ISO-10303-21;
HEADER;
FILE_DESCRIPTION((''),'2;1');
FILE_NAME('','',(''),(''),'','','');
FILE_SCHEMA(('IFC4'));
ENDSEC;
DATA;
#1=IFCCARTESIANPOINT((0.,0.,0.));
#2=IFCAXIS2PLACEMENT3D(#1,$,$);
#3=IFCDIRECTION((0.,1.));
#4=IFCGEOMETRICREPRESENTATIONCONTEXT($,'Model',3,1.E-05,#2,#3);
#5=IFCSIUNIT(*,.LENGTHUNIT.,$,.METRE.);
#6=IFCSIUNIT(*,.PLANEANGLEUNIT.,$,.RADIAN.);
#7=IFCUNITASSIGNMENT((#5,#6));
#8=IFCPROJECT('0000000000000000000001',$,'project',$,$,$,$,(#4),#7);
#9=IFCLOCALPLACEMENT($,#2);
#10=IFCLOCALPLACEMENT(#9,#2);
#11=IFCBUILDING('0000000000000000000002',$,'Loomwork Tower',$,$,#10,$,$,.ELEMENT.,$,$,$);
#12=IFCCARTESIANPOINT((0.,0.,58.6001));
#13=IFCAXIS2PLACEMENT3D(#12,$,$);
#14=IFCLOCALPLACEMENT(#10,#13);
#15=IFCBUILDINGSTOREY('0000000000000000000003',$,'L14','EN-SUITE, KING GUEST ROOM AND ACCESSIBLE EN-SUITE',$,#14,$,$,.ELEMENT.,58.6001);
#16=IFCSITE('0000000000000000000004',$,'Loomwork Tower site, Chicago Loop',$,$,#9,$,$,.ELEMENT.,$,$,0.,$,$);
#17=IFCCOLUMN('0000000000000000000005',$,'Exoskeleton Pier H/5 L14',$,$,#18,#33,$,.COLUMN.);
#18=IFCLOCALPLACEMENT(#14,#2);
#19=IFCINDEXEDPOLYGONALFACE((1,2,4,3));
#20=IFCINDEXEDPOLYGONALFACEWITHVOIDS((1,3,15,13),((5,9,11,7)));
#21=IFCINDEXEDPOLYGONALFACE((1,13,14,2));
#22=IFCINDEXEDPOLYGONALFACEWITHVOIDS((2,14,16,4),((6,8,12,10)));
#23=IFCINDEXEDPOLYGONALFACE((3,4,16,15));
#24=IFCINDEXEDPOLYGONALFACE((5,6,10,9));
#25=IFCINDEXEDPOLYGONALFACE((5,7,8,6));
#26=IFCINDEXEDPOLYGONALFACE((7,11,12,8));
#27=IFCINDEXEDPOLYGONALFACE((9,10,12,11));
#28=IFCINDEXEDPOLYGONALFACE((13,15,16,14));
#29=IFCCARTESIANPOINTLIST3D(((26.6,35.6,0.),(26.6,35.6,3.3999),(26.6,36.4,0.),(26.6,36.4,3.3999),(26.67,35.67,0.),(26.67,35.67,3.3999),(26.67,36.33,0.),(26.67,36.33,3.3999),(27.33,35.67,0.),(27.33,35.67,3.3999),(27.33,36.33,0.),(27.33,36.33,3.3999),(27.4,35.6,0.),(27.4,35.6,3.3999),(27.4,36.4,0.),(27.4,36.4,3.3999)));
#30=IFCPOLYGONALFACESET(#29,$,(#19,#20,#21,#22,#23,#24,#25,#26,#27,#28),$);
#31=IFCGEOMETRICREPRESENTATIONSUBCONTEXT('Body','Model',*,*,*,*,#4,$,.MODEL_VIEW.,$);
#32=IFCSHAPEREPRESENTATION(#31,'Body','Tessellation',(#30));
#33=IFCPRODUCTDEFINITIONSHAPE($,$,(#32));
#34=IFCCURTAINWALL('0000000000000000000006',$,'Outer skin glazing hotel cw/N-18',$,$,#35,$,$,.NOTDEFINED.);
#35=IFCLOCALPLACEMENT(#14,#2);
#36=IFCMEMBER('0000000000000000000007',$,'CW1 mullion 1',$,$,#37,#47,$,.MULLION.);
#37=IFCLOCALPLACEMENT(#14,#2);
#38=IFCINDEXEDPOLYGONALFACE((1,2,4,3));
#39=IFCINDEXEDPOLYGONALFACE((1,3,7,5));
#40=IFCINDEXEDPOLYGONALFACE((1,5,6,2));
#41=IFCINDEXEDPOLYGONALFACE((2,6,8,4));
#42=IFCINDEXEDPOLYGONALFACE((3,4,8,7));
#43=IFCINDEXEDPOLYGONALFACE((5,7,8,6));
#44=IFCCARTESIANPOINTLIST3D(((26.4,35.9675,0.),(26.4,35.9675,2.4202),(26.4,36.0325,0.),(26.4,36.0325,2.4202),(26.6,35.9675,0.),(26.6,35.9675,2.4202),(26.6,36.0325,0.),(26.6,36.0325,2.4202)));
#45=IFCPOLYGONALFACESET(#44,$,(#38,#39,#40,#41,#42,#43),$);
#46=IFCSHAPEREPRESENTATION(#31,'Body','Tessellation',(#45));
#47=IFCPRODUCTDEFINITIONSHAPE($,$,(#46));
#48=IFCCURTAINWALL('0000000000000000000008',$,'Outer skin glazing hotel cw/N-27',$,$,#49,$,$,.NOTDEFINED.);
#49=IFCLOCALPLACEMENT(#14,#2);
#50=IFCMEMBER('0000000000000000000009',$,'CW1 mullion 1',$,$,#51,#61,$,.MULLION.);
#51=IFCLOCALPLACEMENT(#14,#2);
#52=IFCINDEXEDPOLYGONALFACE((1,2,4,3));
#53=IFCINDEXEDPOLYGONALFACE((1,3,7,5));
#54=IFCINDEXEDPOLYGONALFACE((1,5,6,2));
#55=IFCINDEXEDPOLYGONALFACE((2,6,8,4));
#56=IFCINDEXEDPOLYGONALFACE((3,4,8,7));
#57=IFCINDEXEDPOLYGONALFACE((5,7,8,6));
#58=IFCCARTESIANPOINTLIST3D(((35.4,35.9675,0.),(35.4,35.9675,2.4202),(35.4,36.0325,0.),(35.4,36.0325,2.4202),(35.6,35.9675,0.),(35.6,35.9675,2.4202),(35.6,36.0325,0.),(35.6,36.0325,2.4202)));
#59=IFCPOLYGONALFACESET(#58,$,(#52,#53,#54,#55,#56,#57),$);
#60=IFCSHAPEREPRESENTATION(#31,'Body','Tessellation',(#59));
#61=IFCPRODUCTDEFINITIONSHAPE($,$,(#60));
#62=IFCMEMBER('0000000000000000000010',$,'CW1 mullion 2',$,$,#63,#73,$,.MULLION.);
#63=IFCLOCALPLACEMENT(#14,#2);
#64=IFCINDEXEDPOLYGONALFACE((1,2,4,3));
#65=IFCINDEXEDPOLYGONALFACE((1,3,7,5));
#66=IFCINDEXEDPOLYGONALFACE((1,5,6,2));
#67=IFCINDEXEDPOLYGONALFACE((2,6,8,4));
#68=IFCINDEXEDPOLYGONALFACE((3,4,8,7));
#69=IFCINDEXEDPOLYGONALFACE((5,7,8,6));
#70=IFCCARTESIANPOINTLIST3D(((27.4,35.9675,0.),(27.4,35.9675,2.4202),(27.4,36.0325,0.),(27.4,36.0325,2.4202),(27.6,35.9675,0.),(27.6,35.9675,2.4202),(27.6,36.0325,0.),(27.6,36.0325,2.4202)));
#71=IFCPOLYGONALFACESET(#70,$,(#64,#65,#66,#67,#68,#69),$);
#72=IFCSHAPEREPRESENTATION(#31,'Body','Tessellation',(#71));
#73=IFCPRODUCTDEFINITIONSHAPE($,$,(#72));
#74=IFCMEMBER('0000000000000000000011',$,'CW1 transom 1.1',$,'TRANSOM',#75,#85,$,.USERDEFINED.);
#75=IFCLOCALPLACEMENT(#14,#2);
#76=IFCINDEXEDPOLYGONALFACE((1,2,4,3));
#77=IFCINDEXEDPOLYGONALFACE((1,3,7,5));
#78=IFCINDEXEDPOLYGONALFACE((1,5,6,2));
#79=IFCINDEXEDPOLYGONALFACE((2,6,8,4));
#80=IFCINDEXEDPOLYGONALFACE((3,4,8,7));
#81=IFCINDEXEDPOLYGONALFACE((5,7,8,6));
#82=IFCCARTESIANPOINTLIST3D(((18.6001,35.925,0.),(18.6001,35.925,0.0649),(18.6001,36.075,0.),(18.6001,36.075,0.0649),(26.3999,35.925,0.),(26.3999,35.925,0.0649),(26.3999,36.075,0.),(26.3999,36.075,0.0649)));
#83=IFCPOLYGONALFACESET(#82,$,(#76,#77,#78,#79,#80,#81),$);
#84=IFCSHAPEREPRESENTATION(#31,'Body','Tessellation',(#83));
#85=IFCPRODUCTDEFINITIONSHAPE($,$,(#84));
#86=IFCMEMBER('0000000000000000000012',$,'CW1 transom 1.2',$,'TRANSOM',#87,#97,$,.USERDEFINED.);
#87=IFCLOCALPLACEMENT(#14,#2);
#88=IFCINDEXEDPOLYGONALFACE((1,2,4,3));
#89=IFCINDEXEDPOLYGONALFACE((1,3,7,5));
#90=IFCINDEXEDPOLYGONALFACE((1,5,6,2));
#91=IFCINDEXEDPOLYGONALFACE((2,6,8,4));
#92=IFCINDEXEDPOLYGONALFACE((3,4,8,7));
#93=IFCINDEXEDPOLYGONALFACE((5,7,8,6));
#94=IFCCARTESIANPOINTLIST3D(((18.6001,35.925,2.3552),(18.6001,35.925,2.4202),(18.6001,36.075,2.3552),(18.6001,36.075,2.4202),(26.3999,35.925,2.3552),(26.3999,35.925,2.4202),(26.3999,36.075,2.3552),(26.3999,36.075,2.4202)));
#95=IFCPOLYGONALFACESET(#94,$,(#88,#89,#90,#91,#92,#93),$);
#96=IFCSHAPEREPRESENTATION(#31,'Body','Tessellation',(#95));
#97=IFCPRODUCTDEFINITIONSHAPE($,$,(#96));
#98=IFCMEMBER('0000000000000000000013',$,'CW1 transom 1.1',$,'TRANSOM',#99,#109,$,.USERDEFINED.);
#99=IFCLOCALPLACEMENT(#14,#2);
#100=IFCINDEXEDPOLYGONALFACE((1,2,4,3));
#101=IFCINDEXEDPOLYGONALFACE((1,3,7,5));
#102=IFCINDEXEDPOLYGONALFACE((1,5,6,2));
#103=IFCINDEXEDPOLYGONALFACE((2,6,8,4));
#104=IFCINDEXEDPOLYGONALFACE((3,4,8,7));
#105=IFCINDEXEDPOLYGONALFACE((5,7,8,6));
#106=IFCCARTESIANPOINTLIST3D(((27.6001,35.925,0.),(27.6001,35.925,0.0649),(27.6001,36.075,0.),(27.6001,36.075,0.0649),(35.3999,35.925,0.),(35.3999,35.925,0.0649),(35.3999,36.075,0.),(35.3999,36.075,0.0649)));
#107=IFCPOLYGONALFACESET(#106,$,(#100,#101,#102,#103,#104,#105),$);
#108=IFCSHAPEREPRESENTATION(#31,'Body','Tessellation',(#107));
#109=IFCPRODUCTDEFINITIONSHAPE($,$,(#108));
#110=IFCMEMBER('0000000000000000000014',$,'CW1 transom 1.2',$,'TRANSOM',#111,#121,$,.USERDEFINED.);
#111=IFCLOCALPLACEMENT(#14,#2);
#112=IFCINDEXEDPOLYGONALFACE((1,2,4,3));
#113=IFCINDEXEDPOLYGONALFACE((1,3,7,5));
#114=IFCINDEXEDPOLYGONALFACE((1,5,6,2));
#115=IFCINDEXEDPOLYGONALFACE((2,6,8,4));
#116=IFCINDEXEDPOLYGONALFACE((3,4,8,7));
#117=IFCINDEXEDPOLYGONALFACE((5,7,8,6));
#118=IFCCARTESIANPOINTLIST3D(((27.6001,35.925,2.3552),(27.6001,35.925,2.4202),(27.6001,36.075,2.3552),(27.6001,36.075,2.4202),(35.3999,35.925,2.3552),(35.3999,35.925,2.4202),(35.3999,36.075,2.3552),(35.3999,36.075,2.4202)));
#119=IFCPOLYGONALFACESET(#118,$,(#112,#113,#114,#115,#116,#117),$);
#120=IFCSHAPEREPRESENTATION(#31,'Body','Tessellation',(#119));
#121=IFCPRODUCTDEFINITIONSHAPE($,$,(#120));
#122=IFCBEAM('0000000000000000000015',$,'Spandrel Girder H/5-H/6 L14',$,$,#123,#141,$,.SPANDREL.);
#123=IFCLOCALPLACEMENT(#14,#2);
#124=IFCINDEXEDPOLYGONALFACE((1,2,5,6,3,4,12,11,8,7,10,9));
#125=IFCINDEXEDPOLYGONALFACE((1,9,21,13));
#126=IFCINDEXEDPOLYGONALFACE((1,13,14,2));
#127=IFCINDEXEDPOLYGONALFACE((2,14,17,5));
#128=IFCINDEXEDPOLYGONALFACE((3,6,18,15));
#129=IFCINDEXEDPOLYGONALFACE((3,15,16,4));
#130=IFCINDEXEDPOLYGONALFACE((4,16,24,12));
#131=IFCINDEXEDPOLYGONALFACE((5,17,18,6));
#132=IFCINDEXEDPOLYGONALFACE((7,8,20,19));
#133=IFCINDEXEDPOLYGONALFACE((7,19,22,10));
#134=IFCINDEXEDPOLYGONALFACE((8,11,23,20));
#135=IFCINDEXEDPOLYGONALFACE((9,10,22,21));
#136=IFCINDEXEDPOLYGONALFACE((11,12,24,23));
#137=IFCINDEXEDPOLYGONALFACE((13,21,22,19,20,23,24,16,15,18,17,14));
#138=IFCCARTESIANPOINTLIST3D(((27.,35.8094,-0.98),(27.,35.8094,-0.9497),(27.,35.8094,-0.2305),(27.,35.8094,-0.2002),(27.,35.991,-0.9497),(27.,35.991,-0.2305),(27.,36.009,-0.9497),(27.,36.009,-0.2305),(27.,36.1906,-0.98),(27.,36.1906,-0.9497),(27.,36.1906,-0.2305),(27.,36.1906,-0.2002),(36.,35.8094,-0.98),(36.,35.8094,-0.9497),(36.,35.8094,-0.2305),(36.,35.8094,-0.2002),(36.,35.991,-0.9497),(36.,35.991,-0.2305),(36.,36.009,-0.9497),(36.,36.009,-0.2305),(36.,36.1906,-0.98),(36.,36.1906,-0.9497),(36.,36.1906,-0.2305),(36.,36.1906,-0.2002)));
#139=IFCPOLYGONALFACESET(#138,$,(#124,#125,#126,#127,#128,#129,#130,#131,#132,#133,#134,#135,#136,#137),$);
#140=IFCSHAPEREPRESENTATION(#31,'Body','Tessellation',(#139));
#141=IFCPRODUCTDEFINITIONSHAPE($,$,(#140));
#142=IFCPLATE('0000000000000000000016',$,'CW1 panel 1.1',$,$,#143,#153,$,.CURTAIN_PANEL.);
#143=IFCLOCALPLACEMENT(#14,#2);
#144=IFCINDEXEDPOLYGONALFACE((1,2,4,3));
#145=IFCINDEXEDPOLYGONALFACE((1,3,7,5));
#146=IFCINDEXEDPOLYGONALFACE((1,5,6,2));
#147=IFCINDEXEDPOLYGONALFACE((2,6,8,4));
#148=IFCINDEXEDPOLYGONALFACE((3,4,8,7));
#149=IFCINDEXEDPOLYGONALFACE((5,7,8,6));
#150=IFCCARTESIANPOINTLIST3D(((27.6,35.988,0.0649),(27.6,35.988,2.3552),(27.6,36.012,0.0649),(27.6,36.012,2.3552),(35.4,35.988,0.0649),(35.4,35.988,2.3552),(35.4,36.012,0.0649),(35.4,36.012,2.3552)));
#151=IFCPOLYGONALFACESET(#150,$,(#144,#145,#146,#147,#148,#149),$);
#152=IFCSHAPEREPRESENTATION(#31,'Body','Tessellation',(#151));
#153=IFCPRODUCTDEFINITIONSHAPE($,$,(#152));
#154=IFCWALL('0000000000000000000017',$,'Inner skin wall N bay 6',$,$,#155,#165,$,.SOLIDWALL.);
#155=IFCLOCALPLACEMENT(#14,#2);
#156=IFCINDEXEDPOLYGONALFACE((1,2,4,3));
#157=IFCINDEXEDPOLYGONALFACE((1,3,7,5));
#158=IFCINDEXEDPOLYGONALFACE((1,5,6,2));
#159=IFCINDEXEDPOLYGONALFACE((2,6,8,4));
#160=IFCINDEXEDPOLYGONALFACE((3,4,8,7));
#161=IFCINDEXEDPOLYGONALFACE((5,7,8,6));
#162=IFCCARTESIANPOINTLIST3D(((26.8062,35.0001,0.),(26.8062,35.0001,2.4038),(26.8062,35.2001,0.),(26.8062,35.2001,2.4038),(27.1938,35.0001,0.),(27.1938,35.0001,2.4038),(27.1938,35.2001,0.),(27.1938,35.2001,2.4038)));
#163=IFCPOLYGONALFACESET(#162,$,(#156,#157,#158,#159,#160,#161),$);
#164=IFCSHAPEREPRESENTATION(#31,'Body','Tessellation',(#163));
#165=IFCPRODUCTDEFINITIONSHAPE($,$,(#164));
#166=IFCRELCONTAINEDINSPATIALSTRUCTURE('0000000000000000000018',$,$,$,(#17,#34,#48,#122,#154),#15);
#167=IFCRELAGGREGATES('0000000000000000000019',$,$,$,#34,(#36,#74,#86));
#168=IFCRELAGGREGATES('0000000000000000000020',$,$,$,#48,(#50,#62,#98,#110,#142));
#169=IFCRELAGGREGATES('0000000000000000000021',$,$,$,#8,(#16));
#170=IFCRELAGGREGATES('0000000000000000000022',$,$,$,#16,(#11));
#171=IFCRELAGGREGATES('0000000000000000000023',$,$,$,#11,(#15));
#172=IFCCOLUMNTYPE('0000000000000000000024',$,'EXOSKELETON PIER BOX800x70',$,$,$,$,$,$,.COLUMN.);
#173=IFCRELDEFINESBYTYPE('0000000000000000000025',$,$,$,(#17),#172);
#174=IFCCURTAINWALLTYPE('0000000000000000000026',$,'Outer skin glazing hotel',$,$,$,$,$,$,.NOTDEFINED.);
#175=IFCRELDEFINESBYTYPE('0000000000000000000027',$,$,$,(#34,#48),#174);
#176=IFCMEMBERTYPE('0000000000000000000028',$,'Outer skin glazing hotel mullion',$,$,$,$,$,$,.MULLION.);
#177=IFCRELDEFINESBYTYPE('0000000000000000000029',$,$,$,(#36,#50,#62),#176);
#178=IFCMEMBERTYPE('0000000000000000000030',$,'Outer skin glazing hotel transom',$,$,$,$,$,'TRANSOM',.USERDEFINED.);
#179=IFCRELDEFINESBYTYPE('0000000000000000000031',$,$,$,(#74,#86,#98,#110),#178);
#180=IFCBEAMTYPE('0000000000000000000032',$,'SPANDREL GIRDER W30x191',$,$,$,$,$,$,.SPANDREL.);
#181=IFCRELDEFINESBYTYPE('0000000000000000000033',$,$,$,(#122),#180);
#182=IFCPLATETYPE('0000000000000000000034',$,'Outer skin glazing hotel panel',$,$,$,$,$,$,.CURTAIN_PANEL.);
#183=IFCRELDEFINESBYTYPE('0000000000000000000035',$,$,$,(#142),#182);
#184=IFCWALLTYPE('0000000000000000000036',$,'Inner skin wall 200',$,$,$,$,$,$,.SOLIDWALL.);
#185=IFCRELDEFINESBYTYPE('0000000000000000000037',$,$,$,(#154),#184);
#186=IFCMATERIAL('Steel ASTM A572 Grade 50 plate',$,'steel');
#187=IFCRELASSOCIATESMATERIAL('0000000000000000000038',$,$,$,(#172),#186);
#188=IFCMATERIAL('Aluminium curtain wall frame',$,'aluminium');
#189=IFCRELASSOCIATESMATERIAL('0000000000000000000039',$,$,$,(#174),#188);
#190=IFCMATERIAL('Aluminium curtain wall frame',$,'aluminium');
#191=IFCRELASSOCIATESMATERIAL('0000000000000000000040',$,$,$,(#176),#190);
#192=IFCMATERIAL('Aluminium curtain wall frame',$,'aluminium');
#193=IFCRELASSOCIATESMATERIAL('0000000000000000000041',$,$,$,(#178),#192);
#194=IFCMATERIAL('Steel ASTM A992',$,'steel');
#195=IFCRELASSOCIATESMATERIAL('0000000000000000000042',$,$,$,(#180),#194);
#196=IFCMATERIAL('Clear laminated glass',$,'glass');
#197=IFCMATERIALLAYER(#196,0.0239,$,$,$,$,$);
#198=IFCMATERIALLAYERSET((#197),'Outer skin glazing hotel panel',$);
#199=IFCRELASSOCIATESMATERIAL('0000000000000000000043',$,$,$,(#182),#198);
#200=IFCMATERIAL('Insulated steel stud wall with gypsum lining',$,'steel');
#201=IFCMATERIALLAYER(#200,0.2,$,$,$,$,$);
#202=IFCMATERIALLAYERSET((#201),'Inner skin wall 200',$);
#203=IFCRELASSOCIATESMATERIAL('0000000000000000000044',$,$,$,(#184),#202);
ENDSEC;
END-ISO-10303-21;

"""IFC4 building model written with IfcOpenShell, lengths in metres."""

from ifc_helpers import new_model, si_unit, direction, frame, frame_2d, origin, origin_2d, place, context, subcontext, project, spatial, rectangle, hollow_rectangle, i_section, extrude, material, layer, layer_set, material_profile, profile_set, type_object, element, aggregate, save


model = new_model("IFC4")

# Units and contexts
model_context = context("Model", 3, precision=1e-05, world=origin(), true_north=direction((0.0, 1.0)))
body_context = subcontext(model_context, "Body", "Model", "MODEL_VIEW")
ifc_project = project(units=[si_unit("LENGTHUNIT", "METRE"), si_unit("PLANEANGLEUNIT", "RADIAN")], contexts=[model_context])

# Site, building, storey
site_placement = place(None, origin())
site = spatial("IfcSite", under=ifc_project, at=site_placement, Name="Loomwork Tower site, Chicago Loop", CompositionType="ELEMENT", RefElevation=0.0)
building_placement = place(site_placement, origin())
building = spatial("IfcBuilding", under=site, at=building_placement, Name="Loomwork Tower", CompositionType="ELEMENT")
storey_placement = place(building_placement, frame((0.0, 0.0, 58.6001)))
storey = spatial("IfcBuildingStorey", under=building, at=storey_placement, Name="L14", Description="EN-SUITE, KING GUEST ROOM AND ACCESSIBLE EN-SUITE", CompositionType="ELEMENT", Elevation=58.6001)

# Column
ifc_material_1 = material(Name="Steel ASTM A572 Grade 50 plate", Category="steel")
ifc_material_profile_1 = material_profile(ifc_material_1, hollow_rectangle(XDim=0.8, YDim=0.8, WallThickness=0.0701, at=origin_2d()), Name="BOX800x70")
ifc_profile_set_1 = profile_set([ifc_material_profile_1], Name="Steel ASTM A572 Grade 50 plate")
column_type = type_object("IfcColumnType", Name="EXOSKELETON PIER BOX800x70", PredefinedType="COLUMN", material=ifc_profile_set_1)
column_placement = place(storey_placement, frame((27.0, 36.0, 0.0), z_axis=(0.0, 0.0, 1.0), x_axis=(1.0, 0.0, 0.0)))
element("IfcColumn", 1, at=column_placement, inside=storey, type_object=column_type, Name="Exoskeleton Pier H/5 L14", PredefinedType="COLUMN", context=body_context, shape_type="SweptSolid", body=[
    extrude(hollow_rectangle(XDim=0.8, YDim=0.8, WallThickness=0.0701, at=origin_2d()), origin(), (0.0, 0.0, 1.0), 3.3999),
])

# Curtain wall, member
ifc_material_2 = material(Name="Aluminium curtain wall frame", Category="aluminium")
curtain_wall_type = type_object("IfcCurtainWallType", Name="Outer skin glazing hotel", PredefinedType="NOTDEFINED", material=ifc_material_2)
curtain_wall_1_placement = place(storey_placement, origin())
curtain_wall_1 = element("IfcCurtainWall", 2, at=curtain_wall_1_placement, inside=storey, type_object=curtain_wall_type, Name="Outer skin glazing hotel cw/N-18", PredefinedType="NOTDEFINED")
ifc_material_3 = material(Name="Aluminium curtain wall frame", Category="aluminium")
ifc_material_profile_2 = material_profile(ifc_material_3, rectangle(XDim=0.0649, YDim=0.2, at=origin_2d()), Name="AL 65x200")
ifc_profile_set_2 = profile_set([ifc_material_profile_2], Name="Aluminium curtain wall frame")
member_type_1 = type_object("IfcMemberType", Name="Outer skin glazing hotel mullion", PredefinedType="MULLION", material=ifc_profile_set_2)
member_1_placement = place(storey_placement, frame((26.5, 36.0, 0.0), z_axis=(0.0, 0.0, 1.0), x_axis=(0.0, -1.0, 0.0)))
member_1 = element("IfcMember", 3, at=member_1_placement, type_object=member_type_1, Name="CW1 mullion 1", PredefinedType="MULLION", context=body_context, shape_type="SweptSolid", body=[
    extrude(rectangle(XDim=0.0649, YDim=0.2, at=origin_2d()), origin(), (0.0, 0.0, 1.0), 2.4202),
])

# Curtain wall, members
curtain_wall_2_placement = place(storey_placement, origin())
curtain_wall_2 = element("IfcCurtainWall", 4, at=curtain_wall_2_placement, inside=storey, type_object=curtain_wall_type, Name="Outer skin glazing hotel cw/N-27", PredefinedType="NOTDEFINED")
member_2_placement = place(storey_placement, frame((35.5, 36.0, 0.0), z_axis=(0.0, 0.0, 1.0), x_axis=(0.0, -1.0, 0.0)))
member_2 = element("IfcMember", 5, at=member_2_placement, type_object=member_type_1, Name="CW1 mullion 1", PredefinedType="MULLION", context=body_context, shape_type="SweptSolid", body=[
    extrude(rectangle(XDim=0.0649, YDim=0.2, at=origin_2d()), origin(), (0.0, 0.0, 1.0), 2.4202),
])
member_3_placement = place(storey_placement, frame((27.5, 36.0, 0.0), z_axis=(0.0, 0.0, 1.0), x_axis=(0.0, -1.0, 0.0)))
member_3 = element("IfcMember", 6, at=member_3_placement, type_object=member_type_1, Name="CW1 mullion 2", PredefinedType="MULLION", context=body_context, shape_type="SweptSolid", body=[
    extrude(rectangle(XDim=0.0649, YDim=0.2, at=origin_2d()), origin(), (0.0, 0.0, 1.0), 2.4202),
])

# Members
ifc_material_4 = material(Name="Aluminium curtain wall frame", Category="aluminium")
ifc_material_profile_3 = material_profile(ifc_material_4, rectangle(XDim=0.1499, YDim=0.0649, at=origin_2d()), Name="AL 65x150")
ifc_profile_set_3 = profile_set([ifc_material_profile_3], Name="Aluminium curtain wall frame")
member_type_2 = type_object("IfcMemberType", Name="Outer skin glazing hotel transom", ElementType="TRANSOM", PredefinedType="USERDEFINED", material=ifc_profile_set_3)
member_4_placement = place(storey_placement, frame((26.3999, 36.0, 0.0325), z_axis=(-1.0, 0.0, 0.0), x_axis=(0.0, -1.0, 0.0)))
member_4 = element("IfcMember", 7, at=member_4_placement, type_object=member_type_2, Name="CW1 transom 1.1", ObjectType="TRANSOM", PredefinedType="USERDEFINED", context=body_context, shape_type="SweptSolid", body=[
    extrude(rectangle(XDim=0.1499, YDim=0.0649, at=origin_2d()), origin(), (0.0, 0.0, 1.0), 7.7998),
])
member_5_placement = place(storey_placement, frame((26.3999, 36.0, 2.3877), z_axis=(-1.0, 0.0, 0.0), x_axis=(0.0, -1.0, 0.0)))
member_5 = element("IfcMember", 8, at=member_5_placement, type_object=member_type_2, Name="CW1 transom 1.2", ObjectType="TRANSOM", PredefinedType="USERDEFINED", context=body_context, shape_type="SweptSolid", body=[
    extrude(rectangle(XDim=0.1499, YDim=0.0649, at=origin_2d()), origin(), (0.0, 0.0, 1.0), 7.7998),
])
aggregate(curtain_wall_1, [member_1, member_4, member_5])
member_6_placement = place(storey_placement, frame((35.3999, 36.0, 0.0325), z_axis=(-1.0, 0.0, 0.0), x_axis=(0.0, -1.0, 0.0)))
member_6 = element("IfcMember", 9, at=member_6_placement, type_object=member_type_2, Name="CW1 transom 1.1", ObjectType="TRANSOM", PredefinedType="USERDEFINED", context=body_context, shape_type="SweptSolid", body=[
    extrude(rectangle(XDim=0.1499, YDim=0.0649, at=origin_2d()), origin(), (0.0, 0.0, 1.0), 7.7998),
])
member_7_placement = place(storey_placement, frame((35.3999, 36.0, 2.3877), z_axis=(-1.0, 0.0, 0.0), x_axis=(0.0, -1.0, 0.0)))
member_7 = element("IfcMember", 10, at=member_7_placement, type_object=member_type_2, Name="CW1 transom 1.2", ObjectType="TRANSOM", PredefinedType="USERDEFINED", context=body_context, shape_type="SweptSolid", body=[
    extrude(rectangle(XDim=0.1499, YDim=0.0649, at=origin_2d()), origin(), (0.0, 0.0, 1.0), 7.7998),
])

# Beam
ifc_material_5 = material(Name="Steel ASTM A992", Category="steel")
ifc_material_profile_4 = material_profile(ifc_material_5, i_section(OverallWidth=0.3811, OverallDepth=0.7798, WebThickness=0.0181, FlangeThickness=0.0303, at=origin_2d()), Name="W30x191")
ifc_profile_set_4 = profile_set([ifc_material_profile_4], Name="Steel ASTM A992")
beam_type = type_object("IfcBeamType", Name="SPANDREL GIRDER W30x191", PredefinedType="SPANDREL", material=ifc_profile_set_4)
beam_placement = place(storey_placement, frame((27.0, 36.0, -0.5901), z_axis=(1.0, 0.0, 0.0), x_axis=(0.0, 1.0, 0.0)))
element("IfcBeam", 11, at=beam_placement, inside=storey, type_object=beam_type, Name="Spandrel Girder H/5-H/6 L14", PredefinedType="SPANDREL", context=body_context, shape_type="SweptSolid", body=[
    extrude(i_section(OverallWidth=0.3811, OverallDepth=0.7798, WebThickness=0.0181, FlangeThickness=0.0303, at=origin_2d()), origin(), (0.0, 0.0, 1.0), 9.0),
])

# Plate
ifc_material_6 = material(Name="Clear laminated glass", Category="glass")
ifc_layer_1 = layer(ifc_material_6, 0.0239)
ifc_layer_set_1 = layer_set([ifc_layer_1], Name="Outer skin glazing hotel panel")
plate_type = type_object("IfcPlateType", Name="Outer skin glazing hotel panel", PredefinedType="CURTAIN_PANEL", material=ifc_layer_set_1)
plate_placement = place(storey_placement, frame((31.5, 36.0, 0.0649), z_axis=(0.0, 0.0, 1.0), x_axis=(-1.0, 0.0, 0.0)))
plate = element("IfcPlate", 12, at=plate_placement, type_object=plate_type, Name="CW1 panel 1.1", PredefinedType="CURTAIN_PANEL", context=body_context, shape_type="SweptSolid", body=[
    extrude(rectangle(XDim=7.8, YDim=0.0239, at=origin_2d()), origin(), (0.0, 0.0, 1.0), 2.2903),
])
aggregate(curtain_wall_2, [member_2, member_3, member_6, member_7, plate])

# Wall
ifc_material_7 = material(Name="Insulated steel stud wall with gypsum lining", Category="steel")
ifc_layer_2 = layer(ifc_material_7, 0.2)
ifc_layer_set_2 = layer_set([ifc_layer_2], Name="Inner skin wall 200")
wall_type = type_object("IfcWallType", Name="Inner skin wall 200", PredefinedType="SOLIDWALL", material=ifc_layer_set_2)
wall_1_placement = place(storey_placement, frame((26.8062, 35.1001, 0.0), z_axis=(0.0, 0.0, 1.0), x_axis=(1.0, 0.0, 0.0)))
element("IfcWall", 13, at=wall_1_placement, inside=storey, type_object=wall_type, Name="Inner skin wall N bay 6", PredefinedType="SOLIDWALL", context=body_context, shape_type="SweptSolid", body=[
    extrude(rectangle(XDim=0.3877, YDim=0.2, at=frame_2d((0.1938, 0.0))), origin(), (0.0, 0.0, 1.0), 2.4038),
])

save(model, "model.ifc")
